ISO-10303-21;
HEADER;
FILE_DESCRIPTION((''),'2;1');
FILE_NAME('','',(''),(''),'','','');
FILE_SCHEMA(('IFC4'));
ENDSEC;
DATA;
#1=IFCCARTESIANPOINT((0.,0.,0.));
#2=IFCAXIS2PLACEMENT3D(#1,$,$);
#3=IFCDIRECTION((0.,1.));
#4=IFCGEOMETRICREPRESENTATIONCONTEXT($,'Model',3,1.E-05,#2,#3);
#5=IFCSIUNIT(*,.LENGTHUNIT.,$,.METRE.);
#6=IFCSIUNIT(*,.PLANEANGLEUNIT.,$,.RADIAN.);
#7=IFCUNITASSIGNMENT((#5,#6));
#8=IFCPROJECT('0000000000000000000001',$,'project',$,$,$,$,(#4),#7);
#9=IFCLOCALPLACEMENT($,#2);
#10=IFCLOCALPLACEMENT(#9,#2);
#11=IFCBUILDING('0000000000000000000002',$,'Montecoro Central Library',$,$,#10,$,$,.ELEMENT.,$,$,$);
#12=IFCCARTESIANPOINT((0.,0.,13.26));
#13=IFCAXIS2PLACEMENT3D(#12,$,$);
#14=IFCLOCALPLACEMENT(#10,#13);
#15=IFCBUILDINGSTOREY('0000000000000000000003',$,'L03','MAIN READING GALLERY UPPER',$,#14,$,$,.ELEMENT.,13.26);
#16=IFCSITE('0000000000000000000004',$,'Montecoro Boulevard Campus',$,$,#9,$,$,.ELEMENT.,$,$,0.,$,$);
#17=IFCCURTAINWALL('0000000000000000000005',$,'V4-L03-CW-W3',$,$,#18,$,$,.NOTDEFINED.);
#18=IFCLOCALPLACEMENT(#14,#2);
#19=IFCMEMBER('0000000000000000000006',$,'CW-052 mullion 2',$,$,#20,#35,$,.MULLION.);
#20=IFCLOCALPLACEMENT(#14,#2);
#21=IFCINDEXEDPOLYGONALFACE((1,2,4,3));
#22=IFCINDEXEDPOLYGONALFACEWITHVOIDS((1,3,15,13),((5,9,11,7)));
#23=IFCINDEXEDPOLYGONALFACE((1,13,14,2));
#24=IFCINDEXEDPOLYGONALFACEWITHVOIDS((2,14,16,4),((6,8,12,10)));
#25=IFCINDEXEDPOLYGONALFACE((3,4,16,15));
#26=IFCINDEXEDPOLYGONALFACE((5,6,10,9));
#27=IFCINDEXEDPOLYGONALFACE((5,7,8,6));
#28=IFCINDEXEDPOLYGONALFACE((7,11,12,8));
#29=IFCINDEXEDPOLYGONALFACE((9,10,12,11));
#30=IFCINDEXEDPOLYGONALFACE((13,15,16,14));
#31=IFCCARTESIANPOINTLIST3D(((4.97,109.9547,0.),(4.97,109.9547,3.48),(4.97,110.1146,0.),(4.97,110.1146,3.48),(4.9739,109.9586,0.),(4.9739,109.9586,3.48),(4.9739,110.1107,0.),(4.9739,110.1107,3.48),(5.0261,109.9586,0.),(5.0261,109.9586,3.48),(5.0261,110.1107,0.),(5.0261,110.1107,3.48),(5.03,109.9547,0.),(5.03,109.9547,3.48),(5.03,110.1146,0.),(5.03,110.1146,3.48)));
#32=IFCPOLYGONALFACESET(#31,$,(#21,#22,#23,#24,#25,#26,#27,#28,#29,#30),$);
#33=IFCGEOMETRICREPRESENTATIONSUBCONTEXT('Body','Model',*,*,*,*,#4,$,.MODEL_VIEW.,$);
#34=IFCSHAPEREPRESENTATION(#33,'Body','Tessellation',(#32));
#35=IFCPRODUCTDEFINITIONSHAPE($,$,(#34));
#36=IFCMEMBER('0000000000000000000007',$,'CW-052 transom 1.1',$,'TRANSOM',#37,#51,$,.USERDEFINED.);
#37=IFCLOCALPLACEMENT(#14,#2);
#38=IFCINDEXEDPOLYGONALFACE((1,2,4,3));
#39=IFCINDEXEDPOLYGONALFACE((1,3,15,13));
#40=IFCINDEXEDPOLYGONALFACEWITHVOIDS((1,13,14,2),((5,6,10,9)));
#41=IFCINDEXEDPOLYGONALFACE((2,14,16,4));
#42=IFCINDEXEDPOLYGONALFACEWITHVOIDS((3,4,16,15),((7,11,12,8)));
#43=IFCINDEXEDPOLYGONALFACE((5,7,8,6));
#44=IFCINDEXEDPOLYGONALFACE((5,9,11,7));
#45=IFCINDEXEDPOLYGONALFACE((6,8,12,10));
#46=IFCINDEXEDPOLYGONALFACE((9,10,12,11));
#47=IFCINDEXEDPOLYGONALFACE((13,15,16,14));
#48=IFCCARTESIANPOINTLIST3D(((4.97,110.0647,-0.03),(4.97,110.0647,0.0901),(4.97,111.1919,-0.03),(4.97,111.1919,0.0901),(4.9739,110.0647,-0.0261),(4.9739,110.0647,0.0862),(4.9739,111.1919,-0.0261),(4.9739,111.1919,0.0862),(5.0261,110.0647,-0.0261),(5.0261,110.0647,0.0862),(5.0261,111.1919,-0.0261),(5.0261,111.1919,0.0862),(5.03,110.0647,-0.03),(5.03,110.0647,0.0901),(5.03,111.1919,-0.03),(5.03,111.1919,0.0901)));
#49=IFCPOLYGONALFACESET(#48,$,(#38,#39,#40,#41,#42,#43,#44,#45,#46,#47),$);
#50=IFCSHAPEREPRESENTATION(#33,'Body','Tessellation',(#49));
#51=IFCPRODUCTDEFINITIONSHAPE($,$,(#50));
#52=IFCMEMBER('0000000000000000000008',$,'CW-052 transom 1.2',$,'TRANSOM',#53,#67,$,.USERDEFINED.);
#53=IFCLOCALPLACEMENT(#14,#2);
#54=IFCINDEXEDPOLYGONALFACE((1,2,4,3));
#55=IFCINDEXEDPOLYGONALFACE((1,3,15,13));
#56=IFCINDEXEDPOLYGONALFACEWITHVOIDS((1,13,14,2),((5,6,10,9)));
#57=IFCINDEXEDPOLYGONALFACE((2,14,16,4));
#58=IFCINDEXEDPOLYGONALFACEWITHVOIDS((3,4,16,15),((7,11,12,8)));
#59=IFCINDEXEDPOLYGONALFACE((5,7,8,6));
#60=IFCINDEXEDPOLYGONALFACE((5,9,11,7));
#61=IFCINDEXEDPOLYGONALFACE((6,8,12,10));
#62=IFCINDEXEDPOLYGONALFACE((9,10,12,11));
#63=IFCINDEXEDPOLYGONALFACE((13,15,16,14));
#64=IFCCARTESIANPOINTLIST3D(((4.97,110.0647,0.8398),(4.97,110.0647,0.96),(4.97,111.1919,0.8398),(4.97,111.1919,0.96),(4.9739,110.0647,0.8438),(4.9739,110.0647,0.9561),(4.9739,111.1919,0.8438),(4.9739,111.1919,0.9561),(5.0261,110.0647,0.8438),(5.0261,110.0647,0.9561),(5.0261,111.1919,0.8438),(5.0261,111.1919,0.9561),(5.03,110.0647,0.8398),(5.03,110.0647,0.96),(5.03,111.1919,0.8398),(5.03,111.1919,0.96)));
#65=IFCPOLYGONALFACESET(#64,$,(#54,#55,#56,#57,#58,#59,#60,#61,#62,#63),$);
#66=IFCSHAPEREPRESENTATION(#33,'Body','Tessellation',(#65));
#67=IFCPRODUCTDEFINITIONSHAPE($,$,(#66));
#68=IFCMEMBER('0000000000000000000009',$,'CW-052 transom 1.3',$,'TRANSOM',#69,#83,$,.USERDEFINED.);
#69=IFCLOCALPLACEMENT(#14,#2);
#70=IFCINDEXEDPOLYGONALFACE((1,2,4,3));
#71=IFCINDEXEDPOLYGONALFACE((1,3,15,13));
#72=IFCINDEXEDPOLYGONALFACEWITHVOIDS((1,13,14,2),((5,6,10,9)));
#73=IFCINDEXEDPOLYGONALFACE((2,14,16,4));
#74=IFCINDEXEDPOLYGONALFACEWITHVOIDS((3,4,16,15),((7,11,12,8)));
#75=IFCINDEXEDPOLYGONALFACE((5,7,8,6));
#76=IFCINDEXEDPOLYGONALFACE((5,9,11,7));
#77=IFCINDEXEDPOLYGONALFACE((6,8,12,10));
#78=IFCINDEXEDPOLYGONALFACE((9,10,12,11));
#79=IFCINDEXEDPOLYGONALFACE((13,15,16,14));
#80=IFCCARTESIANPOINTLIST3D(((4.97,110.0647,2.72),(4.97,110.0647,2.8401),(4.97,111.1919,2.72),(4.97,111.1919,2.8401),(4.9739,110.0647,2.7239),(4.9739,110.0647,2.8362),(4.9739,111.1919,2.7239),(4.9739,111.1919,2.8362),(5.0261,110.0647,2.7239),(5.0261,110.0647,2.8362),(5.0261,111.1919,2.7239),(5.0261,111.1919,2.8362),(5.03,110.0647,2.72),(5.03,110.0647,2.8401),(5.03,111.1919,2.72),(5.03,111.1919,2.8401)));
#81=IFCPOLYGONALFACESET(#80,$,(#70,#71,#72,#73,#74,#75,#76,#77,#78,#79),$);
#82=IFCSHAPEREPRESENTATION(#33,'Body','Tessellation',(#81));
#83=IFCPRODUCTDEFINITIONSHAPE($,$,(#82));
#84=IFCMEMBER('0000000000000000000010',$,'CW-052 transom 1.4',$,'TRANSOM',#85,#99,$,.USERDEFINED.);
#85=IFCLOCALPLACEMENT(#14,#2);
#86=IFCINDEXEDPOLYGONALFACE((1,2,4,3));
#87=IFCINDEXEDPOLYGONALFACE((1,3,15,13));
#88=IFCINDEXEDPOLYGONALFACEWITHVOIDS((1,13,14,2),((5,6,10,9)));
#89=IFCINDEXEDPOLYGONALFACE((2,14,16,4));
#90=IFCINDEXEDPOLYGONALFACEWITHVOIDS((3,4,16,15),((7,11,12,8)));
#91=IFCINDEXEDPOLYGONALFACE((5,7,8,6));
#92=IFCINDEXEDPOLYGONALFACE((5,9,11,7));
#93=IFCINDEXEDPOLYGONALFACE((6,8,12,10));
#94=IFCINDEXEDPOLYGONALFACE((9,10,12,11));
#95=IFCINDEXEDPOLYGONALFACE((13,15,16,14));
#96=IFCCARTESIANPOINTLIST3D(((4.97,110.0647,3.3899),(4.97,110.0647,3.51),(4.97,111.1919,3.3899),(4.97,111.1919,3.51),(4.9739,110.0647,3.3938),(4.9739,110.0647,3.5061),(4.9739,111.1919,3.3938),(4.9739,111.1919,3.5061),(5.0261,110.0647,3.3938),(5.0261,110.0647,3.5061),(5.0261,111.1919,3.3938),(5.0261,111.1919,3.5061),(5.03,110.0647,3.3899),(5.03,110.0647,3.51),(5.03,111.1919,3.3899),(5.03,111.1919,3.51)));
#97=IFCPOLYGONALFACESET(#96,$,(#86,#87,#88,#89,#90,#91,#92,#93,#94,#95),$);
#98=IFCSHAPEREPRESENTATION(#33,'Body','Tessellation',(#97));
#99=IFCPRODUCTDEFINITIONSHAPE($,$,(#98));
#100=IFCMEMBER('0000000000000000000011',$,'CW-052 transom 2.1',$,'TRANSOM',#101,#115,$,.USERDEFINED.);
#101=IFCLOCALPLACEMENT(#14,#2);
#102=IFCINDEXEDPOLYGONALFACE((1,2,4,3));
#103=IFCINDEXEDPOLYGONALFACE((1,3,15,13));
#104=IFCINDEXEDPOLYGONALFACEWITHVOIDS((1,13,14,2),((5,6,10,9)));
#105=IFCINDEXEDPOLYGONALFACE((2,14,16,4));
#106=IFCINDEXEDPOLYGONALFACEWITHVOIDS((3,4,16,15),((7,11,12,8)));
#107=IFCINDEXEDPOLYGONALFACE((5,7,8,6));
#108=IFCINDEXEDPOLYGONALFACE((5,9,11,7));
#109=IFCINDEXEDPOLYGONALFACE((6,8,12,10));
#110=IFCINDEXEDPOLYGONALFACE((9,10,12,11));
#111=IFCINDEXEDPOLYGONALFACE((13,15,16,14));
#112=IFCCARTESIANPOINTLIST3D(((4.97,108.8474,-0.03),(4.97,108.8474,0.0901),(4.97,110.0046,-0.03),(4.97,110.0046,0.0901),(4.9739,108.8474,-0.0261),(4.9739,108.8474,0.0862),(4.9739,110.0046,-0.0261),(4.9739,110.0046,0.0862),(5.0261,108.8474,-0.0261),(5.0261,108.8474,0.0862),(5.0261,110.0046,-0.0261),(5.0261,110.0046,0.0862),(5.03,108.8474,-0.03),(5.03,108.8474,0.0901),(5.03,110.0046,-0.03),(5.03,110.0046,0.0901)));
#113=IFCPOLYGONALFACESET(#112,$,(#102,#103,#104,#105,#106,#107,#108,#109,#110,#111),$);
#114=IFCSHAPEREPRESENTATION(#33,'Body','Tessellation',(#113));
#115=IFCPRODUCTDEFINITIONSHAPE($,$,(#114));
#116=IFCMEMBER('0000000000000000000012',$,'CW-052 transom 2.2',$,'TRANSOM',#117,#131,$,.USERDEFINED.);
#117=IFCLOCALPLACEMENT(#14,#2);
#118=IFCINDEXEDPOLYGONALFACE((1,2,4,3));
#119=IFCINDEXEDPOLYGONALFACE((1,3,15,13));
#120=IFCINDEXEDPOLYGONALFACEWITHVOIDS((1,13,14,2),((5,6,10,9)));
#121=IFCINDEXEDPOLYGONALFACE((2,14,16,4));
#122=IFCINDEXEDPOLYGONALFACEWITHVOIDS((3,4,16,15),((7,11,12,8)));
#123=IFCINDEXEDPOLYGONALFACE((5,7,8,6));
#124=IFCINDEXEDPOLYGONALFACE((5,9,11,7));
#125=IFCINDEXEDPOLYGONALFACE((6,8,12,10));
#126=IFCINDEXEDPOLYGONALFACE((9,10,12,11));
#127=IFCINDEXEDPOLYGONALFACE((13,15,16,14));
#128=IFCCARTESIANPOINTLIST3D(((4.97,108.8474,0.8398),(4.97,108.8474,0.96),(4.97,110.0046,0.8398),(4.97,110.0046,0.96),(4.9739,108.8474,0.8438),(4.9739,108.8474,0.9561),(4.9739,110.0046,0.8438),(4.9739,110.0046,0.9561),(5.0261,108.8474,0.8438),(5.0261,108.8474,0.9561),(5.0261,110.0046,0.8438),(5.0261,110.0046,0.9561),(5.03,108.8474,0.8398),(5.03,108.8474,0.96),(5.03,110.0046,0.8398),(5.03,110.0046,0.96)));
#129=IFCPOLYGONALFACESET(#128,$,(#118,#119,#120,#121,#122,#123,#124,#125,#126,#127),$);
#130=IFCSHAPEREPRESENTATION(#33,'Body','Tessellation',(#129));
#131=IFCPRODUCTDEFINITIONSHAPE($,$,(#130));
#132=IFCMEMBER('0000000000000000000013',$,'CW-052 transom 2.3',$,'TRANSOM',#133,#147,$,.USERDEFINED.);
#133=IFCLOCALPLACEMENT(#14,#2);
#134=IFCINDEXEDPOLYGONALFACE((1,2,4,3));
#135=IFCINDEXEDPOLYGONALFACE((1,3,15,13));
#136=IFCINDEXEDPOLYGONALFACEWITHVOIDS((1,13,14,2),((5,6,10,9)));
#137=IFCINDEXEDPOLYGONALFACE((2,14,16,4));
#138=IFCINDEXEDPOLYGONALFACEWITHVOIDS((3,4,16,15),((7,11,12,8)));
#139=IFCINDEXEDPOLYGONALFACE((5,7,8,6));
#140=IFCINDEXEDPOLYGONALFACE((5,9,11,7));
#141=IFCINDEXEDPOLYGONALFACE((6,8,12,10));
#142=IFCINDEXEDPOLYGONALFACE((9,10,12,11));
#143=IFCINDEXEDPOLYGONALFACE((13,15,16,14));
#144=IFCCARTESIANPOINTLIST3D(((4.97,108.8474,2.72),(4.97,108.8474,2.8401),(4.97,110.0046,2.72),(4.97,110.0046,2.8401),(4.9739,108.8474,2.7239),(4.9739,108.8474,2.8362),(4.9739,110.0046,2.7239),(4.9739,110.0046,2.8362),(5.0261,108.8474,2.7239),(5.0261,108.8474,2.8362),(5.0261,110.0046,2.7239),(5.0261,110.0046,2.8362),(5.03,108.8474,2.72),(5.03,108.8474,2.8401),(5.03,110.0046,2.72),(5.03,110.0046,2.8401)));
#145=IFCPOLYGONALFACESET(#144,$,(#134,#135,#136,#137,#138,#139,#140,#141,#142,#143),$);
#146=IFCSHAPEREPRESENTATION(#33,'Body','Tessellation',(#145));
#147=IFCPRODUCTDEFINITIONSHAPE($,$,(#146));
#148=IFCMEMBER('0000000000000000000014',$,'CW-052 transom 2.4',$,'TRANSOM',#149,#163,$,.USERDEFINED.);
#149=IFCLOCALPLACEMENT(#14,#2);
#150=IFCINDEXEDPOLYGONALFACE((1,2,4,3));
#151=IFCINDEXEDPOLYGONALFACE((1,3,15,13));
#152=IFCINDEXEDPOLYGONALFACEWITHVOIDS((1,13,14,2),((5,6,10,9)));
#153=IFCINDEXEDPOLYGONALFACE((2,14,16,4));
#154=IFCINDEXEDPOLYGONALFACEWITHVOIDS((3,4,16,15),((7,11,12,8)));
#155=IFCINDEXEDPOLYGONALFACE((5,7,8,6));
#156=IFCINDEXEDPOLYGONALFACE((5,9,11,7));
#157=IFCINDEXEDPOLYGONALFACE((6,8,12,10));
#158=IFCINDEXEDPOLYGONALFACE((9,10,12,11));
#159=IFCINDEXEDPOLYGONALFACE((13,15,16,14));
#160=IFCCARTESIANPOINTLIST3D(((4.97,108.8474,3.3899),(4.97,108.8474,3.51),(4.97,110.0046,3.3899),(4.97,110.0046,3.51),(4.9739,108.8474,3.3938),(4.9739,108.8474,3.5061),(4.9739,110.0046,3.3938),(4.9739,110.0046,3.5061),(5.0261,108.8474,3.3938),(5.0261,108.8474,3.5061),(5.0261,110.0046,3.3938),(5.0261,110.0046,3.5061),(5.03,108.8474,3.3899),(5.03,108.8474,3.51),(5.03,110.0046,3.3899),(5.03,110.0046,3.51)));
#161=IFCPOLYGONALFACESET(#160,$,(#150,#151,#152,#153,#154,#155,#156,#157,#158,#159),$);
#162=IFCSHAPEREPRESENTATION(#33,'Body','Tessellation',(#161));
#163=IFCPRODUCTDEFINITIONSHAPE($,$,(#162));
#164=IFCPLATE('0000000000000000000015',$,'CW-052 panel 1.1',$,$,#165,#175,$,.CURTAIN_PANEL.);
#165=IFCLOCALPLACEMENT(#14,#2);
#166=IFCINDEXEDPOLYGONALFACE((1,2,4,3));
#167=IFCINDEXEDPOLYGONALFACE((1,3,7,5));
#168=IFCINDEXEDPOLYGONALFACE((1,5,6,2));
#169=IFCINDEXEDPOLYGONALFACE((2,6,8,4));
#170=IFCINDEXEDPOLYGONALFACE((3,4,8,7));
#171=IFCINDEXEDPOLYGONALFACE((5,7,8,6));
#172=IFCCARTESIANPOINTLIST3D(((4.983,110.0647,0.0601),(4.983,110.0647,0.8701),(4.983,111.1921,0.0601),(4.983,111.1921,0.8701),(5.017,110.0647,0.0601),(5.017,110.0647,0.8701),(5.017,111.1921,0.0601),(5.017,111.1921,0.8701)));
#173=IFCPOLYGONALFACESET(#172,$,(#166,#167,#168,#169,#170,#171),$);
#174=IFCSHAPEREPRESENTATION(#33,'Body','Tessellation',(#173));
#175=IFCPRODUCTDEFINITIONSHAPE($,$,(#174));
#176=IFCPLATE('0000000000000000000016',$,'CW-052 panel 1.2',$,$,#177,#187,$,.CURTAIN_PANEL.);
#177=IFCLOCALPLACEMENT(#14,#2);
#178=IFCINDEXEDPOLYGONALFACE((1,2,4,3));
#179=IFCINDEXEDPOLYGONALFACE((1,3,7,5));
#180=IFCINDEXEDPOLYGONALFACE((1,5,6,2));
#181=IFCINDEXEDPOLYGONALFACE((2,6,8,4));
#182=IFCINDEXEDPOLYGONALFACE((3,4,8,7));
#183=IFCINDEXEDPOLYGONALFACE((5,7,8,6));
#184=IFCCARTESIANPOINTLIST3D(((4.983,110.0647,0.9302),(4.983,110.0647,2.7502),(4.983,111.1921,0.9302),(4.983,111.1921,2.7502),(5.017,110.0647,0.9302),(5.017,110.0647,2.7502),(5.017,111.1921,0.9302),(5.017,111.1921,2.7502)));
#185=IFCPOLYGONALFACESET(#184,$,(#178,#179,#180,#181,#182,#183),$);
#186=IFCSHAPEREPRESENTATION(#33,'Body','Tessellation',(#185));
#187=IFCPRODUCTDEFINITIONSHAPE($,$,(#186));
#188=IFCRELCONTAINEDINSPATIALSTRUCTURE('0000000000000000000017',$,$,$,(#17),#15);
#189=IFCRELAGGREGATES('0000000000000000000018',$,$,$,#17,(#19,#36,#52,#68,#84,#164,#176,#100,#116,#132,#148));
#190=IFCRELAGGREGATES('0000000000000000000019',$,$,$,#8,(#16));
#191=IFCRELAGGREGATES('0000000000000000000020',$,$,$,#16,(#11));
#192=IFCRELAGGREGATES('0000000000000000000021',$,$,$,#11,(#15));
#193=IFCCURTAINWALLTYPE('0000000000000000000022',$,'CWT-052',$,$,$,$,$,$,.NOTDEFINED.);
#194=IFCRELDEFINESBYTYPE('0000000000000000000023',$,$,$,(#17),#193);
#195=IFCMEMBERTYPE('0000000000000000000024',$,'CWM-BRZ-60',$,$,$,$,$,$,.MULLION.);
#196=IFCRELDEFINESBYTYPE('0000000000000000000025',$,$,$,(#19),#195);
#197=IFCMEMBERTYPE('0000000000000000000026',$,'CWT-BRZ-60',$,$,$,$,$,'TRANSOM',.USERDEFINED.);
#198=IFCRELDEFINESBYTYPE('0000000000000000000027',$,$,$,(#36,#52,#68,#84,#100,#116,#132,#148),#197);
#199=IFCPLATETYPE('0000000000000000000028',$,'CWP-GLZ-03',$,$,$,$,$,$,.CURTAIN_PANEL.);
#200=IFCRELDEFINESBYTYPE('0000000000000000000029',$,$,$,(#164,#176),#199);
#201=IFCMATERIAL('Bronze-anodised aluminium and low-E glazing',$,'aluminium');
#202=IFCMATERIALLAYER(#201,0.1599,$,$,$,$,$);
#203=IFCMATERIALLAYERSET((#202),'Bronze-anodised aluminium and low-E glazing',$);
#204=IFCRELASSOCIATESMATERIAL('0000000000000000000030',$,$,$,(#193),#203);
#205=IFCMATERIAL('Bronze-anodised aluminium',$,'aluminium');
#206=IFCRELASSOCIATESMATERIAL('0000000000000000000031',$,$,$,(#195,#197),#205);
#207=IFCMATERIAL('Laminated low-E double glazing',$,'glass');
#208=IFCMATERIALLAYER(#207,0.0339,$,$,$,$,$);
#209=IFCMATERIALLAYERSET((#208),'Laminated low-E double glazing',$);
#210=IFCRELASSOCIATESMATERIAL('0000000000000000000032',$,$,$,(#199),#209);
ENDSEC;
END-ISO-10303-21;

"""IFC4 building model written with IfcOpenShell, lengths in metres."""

from ifc_helpers import new_model, si_unit, direction, frame, origin, origin_2d, place, context, subcontext, project, spatial, rectangle, hollow_rectangle, extrude, material, layer, layer_set, material_profile, profile_set, type_object, element, aggregate, save


model = new_model("IFC4")

# Units and contexts
model_context = context("Model", 3, precision=1e-05, world=origin(), true_north=direction((0.0, 1.0)))
body_context = subcontext(model_context, "Body", "Model", "MODEL_VIEW")
ifc_project = project(units=[si_unit("LENGTHUNIT", "METRE"), si_unit("PLANEANGLEUNIT", "RADIAN")], contexts=[model_context])

# Site, building, storey
site_placement = place(None, origin())
site = spatial("IfcSite", under=ifc_project, at=site_placement, Name="Montecoro Boulevard Campus", CompositionType="ELEMENT", RefElevation=0.0)
building_placement = place(site_placement, origin())
building = spatial("IfcBuilding", under=site, at=building_placement, Name="Montecoro Central Library", CompositionType="ELEMENT")
storey_placement = place(building_placement, frame((0.0, 0.0, 13.26)))
storey = spatial("IfcBuildingStorey", under=building, at=storey_placement, Name="L03", Description="MAIN READING GALLERY UPPER", CompositionType="ELEMENT", Elevation=13.26)

# Curtain wall, members, plates
ifc_material_1 = material(Name="Bronze-anodised aluminium and low-E glazing", Category="aluminium")
ifc_layer_1 = layer(ifc_material_1, 0.1599)
ifc_layer_set_1 = layer_set([ifc_layer_1], Name="Bronze-anodised aluminium and low-E glazing")
curtain_wall_type = type_object("IfcCurtainWallType", Name="CWT-052", PredefinedType="NOTDEFINED", material=ifc_layer_set_1)
curtain_wall_placement = place(storey_placement, origin())
curtain_wall = element("IfcCurtainWall", 1, at=curtain_wall_placement, inside=storey, type_object=curtain_wall_type, Name="V4-L03-CW-W3", PredefinedType="NOTDEFINED")
ifc_material_2 = material(Name="Bronze-anodised aluminium", Category="aluminium")
ifc_material_profile_1 = material_profile(ifc_material_2, hollow_rectangle(XDim=0.0601, YDim=0.1599, WallThickness=0.0039, at=origin_2d()), Name="CWM 160x60x4.0")
ifc_profile_set_1 = profile_set([ifc_material_profile_1], Name="Bronze-anodised aluminium")
member_type_1 = type_object("IfcMemberType", Name="CWM-BRZ-60", PredefinedType="MULLION", material=ifc_profile_set_1)
member_1_placement = place(storey_placement, frame((5.0, 110.0347, 0.0), z_axis=(0.0, 0.0, 1.0), x_axis=(1.0, 0.0, 0.0)))
member_1 = element("IfcMember", 2, at=member_1_placement, type_object=member_type_1, Name="CW-052 mullion 2", PredefinedType="MULLION", context=body_context, shape_type="SweptSolid", body=[
    extrude(hollow_rectangle(XDim=0.0601, YDim=0.1599, WallThickness=0.0039, at=origin_2d()), origin(), (0.0, 0.0, 1.0), 3.48),
])
ifc_material_profile_2 = material_profile(ifc_material_2, hollow_rectangle(XDim=0.0601, YDim=0.1201, WallThickness=0.0039, at=origin_2d()), Name="CWT 120x60x4.0")
ifc_profile_set_2 = profile_set([ifc_material_profile_2], Name="Bronze-anodised aluminium")
member_type_2 = type_object("IfcMemberType", Name="CWT-BRZ-60", ElementType="TRANSOM", PredefinedType="USERDEFINED", material=ifc_profile_set_2)
member_2_placement = place(storey_placement, frame((5.0, 111.1919, 0.03), z_axis=(0.0, -1.0, 0.0), x_axis=(1.0, 0.0, 0.0)))
member_2 = element("IfcMember", 3, at=member_2_placement, type_object=member_type_2, Name="CW-052 transom 1.1", ObjectType="TRANSOM", PredefinedType="USERDEFINED", context=body_context, shape_type="SweptSolid", body=[
    extrude(hollow_rectangle(XDim=0.0601, YDim=0.1201, WallThickness=0.0039, at=origin_2d()), origin(), (0.0, 0.0, 1.0), 1.1272),
])
member_3_placement = place(storey_placement, frame((5.0, 111.1919, 0.8999), z_axis=(0.0, -1.0, 0.0), x_axis=(1.0, 0.0, 0.0)))
member_3 = element("IfcMember", 4, at=member_3_placement, type_object=member_type_2, Name="CW-052 transom 1.2", ObjectType="TRANSOM", PredefinedType="USERDEFINED", context=body_context, shape_type="SweptSolid", body=[
    extrude(hollow_rectangle(XDim=0.0601, YDim=0.1201, WallThickness=0.0039, at=origin_2d()), origin(), (0.0, 0.0, 1.0), 1.1272),
])
member_4_placement = place(storey_placement, frame((5.0, 111.1919, 2.78), z_axis=(0.0, -1.0, 0.0), x_axis=(1.0, 0.0, 0.0)))
member_4 = element("IfcMember", 5, at=member_4_placement, type_object=member_type_2, Name="CW-052 transom 1.3", ObjectType="TRANSOM", PredefinedType="USERDEFINED", context=body_context, shape_type="SweptSolid", body=[
    extrude(hollow_rectangle(XDim=0.0601, YDim=0.1201, WallThickness=0.0039, at=origin_2d()), origin(), (0.0, 0.0, 1.0), 1.1272),
])
member_5_placement = place(storey_placement, frame((5.0, 111.1919, 3.45), z_axis=(0.0, -1.0, 0.0), x_axis=(1.0, 0.0, 0.0)))
member_5 = element("IfcMember", 6, at=member_5_placement, type_object=member_type_2, Name="CW-052 transom 1.4", ObjectType="TRANSOM", PredefinedType="USERDEFINED", context=body_context, shape_type="SweptSolid", body=[
    extrude(hollow_rectangle(XDim=0.0601, YDim=0.1201, WallThickness=0.0039, at=origin_2d()), origin(), (0.0, 0.0, 1.0), 1.1272),
])
member_6_placement = place(storey_placement, frame((5.0, 110.0046, 0.03), z_axis=(0.0, -1.0, 0.0), x_axis=(1.0, 0.0, 0.0)))
member_6 = element("IfcMember", 7, at=member_6_placement, type_object=member_type_2, Name="CW-052 transom 2.1", ObjectType="TRANSOM", PredefinedType="USERDEFINED", context=body_context, shape_type="SweptSolid", body=[
    extrude(hollow_rectangle(XDim=0.0601, YDim=0.1201, WallThickness=0.0039, at=origin_2d()), origin(), (0.0, 0.0, 1.0), 1.1572),
])
member_7_placement = place(storey_placement, frame((5.0, 110.0046, 0.8999), z_axis=(0.0, -1.0, 0.0), x_axis=(1.0, 0.0, 0.0)))
member_7 = element("IfcMember", 8, at=member_7_placement, type_object=member_type_2, Name="CW-052 transom 2.2", ObjectType="TRANSOM", PredefinedType="USERDEFINED", context=body_context, shape_type="SweptSolid", body=[
    extrude(hollow_rectangle(XDim=0.0601, YDim=0.1201, WallThickness=0.0039, at=origin_2d()), origin(), (0.0, 0.0, 1.0), 1.1572),
])
member_8_placement = place(storey_placement, frame((5.0, 110.0046, 2.78), z_axis=(0.0, -1.0, 0.0), x_axis=(1.0, 0.0, 0.0)))
member_8 = element("IfcMember", 9, at=member_8_placement, type_object=member_type_2, Name="CW-052 transom 2.3", ObjectType="TRANSOM", PredefinedType="USERDEFINED", context=body_context, shape_type="SweptSolid", body=[
    extrude(hollow_rectangle(XDim=0.0601, YDim=0.1201, WallThickness=0.0039, at=origin_2d()), origin(), (0.0, 0.0, 1.0), 1.1572),
])
member_9_placement = place(storey_placement, frame((5.0, 110.0046, 3.45), z_axis=(0.0, -1.0, 0.0), x_axis=(1.0, 0.0, 0.0)))
member_9 = element("IfcMember", 10, at=member_9_placement, type_object=member_type_2, Name="CW-052 transom 2.4", ObjectType="TRANSOM", PredefinedType="USERDEFINED", context=body_context, shape_type="SweptSolid", body=[
    extrude(hollow_rectangle(XDim=0.0601, YDim=0.1201, WallThickness=0.0039, at=origin_2d()), origin(), (0.0, 0.0, 1.0), 1.1572),
])
ifc_material_3 = material(Name="Laminated low-E double glazing", Category="glass")
ifc_layer_2 = layer(ifc_material_3, 0.0339)
ifc_layer_set_2 = layer_set([ifc_layer_2], Name="Laminated low-E double glazing")
plate_type_1 = type_object("IfcPlateType", Name="CWP-GLZ-03", PredefinedType="CURTAIN_PANEL", material=ifc_layer_set_2)
plate_1_placement = place(storey_placement, frame((5.0, 110.6284, 0.0601), z_axis=(0.0, 0.0, 1.0), x_axis=(0.0, -1.0, 0.0)))
plate_1 = element("IfcPlate", 11, at=plate_1_placement, type_object=plate_type_1, Name="CW-052 panel 1.1", PredefinedType="CURTAIN_PANEL", context=body_context, shape_type="SweptSolid", body=[
    extrude(rectangle(XDim=1.1274, YDim=0.0339, at=origin_2d()), origin(), (0.0, 0.0, 1.0), 0.8101),
])
plate_2_placement = place(storey_placement, frame((5.0, 110.6284, 0.9302), z_axis=(0.0, 0.0, 1.0), x_axis=(0.0, -1.0, 0.0)))
plate_2 = element("IfcPlate", 12, at=plate_2_placement, type_object=plate_type_1, Name="CW-052 panel 1.2", PredefinedType="CURTAIN_PANEL", context=body_context, shape_type="SweptSolid", body=[
    extrude(rectangle(XDim=1.1274, YDim=0.0339, at=origin_2d()), origin(), (0.0, 0.0, 1.0), 1.8201),
])
aggregate(curtain_wall, [member_1, member_2, member_3, member_4, member_5, plate_1, plate_2, member_6, member_7, member_8, member_9])

save(model, "model.ifc")
